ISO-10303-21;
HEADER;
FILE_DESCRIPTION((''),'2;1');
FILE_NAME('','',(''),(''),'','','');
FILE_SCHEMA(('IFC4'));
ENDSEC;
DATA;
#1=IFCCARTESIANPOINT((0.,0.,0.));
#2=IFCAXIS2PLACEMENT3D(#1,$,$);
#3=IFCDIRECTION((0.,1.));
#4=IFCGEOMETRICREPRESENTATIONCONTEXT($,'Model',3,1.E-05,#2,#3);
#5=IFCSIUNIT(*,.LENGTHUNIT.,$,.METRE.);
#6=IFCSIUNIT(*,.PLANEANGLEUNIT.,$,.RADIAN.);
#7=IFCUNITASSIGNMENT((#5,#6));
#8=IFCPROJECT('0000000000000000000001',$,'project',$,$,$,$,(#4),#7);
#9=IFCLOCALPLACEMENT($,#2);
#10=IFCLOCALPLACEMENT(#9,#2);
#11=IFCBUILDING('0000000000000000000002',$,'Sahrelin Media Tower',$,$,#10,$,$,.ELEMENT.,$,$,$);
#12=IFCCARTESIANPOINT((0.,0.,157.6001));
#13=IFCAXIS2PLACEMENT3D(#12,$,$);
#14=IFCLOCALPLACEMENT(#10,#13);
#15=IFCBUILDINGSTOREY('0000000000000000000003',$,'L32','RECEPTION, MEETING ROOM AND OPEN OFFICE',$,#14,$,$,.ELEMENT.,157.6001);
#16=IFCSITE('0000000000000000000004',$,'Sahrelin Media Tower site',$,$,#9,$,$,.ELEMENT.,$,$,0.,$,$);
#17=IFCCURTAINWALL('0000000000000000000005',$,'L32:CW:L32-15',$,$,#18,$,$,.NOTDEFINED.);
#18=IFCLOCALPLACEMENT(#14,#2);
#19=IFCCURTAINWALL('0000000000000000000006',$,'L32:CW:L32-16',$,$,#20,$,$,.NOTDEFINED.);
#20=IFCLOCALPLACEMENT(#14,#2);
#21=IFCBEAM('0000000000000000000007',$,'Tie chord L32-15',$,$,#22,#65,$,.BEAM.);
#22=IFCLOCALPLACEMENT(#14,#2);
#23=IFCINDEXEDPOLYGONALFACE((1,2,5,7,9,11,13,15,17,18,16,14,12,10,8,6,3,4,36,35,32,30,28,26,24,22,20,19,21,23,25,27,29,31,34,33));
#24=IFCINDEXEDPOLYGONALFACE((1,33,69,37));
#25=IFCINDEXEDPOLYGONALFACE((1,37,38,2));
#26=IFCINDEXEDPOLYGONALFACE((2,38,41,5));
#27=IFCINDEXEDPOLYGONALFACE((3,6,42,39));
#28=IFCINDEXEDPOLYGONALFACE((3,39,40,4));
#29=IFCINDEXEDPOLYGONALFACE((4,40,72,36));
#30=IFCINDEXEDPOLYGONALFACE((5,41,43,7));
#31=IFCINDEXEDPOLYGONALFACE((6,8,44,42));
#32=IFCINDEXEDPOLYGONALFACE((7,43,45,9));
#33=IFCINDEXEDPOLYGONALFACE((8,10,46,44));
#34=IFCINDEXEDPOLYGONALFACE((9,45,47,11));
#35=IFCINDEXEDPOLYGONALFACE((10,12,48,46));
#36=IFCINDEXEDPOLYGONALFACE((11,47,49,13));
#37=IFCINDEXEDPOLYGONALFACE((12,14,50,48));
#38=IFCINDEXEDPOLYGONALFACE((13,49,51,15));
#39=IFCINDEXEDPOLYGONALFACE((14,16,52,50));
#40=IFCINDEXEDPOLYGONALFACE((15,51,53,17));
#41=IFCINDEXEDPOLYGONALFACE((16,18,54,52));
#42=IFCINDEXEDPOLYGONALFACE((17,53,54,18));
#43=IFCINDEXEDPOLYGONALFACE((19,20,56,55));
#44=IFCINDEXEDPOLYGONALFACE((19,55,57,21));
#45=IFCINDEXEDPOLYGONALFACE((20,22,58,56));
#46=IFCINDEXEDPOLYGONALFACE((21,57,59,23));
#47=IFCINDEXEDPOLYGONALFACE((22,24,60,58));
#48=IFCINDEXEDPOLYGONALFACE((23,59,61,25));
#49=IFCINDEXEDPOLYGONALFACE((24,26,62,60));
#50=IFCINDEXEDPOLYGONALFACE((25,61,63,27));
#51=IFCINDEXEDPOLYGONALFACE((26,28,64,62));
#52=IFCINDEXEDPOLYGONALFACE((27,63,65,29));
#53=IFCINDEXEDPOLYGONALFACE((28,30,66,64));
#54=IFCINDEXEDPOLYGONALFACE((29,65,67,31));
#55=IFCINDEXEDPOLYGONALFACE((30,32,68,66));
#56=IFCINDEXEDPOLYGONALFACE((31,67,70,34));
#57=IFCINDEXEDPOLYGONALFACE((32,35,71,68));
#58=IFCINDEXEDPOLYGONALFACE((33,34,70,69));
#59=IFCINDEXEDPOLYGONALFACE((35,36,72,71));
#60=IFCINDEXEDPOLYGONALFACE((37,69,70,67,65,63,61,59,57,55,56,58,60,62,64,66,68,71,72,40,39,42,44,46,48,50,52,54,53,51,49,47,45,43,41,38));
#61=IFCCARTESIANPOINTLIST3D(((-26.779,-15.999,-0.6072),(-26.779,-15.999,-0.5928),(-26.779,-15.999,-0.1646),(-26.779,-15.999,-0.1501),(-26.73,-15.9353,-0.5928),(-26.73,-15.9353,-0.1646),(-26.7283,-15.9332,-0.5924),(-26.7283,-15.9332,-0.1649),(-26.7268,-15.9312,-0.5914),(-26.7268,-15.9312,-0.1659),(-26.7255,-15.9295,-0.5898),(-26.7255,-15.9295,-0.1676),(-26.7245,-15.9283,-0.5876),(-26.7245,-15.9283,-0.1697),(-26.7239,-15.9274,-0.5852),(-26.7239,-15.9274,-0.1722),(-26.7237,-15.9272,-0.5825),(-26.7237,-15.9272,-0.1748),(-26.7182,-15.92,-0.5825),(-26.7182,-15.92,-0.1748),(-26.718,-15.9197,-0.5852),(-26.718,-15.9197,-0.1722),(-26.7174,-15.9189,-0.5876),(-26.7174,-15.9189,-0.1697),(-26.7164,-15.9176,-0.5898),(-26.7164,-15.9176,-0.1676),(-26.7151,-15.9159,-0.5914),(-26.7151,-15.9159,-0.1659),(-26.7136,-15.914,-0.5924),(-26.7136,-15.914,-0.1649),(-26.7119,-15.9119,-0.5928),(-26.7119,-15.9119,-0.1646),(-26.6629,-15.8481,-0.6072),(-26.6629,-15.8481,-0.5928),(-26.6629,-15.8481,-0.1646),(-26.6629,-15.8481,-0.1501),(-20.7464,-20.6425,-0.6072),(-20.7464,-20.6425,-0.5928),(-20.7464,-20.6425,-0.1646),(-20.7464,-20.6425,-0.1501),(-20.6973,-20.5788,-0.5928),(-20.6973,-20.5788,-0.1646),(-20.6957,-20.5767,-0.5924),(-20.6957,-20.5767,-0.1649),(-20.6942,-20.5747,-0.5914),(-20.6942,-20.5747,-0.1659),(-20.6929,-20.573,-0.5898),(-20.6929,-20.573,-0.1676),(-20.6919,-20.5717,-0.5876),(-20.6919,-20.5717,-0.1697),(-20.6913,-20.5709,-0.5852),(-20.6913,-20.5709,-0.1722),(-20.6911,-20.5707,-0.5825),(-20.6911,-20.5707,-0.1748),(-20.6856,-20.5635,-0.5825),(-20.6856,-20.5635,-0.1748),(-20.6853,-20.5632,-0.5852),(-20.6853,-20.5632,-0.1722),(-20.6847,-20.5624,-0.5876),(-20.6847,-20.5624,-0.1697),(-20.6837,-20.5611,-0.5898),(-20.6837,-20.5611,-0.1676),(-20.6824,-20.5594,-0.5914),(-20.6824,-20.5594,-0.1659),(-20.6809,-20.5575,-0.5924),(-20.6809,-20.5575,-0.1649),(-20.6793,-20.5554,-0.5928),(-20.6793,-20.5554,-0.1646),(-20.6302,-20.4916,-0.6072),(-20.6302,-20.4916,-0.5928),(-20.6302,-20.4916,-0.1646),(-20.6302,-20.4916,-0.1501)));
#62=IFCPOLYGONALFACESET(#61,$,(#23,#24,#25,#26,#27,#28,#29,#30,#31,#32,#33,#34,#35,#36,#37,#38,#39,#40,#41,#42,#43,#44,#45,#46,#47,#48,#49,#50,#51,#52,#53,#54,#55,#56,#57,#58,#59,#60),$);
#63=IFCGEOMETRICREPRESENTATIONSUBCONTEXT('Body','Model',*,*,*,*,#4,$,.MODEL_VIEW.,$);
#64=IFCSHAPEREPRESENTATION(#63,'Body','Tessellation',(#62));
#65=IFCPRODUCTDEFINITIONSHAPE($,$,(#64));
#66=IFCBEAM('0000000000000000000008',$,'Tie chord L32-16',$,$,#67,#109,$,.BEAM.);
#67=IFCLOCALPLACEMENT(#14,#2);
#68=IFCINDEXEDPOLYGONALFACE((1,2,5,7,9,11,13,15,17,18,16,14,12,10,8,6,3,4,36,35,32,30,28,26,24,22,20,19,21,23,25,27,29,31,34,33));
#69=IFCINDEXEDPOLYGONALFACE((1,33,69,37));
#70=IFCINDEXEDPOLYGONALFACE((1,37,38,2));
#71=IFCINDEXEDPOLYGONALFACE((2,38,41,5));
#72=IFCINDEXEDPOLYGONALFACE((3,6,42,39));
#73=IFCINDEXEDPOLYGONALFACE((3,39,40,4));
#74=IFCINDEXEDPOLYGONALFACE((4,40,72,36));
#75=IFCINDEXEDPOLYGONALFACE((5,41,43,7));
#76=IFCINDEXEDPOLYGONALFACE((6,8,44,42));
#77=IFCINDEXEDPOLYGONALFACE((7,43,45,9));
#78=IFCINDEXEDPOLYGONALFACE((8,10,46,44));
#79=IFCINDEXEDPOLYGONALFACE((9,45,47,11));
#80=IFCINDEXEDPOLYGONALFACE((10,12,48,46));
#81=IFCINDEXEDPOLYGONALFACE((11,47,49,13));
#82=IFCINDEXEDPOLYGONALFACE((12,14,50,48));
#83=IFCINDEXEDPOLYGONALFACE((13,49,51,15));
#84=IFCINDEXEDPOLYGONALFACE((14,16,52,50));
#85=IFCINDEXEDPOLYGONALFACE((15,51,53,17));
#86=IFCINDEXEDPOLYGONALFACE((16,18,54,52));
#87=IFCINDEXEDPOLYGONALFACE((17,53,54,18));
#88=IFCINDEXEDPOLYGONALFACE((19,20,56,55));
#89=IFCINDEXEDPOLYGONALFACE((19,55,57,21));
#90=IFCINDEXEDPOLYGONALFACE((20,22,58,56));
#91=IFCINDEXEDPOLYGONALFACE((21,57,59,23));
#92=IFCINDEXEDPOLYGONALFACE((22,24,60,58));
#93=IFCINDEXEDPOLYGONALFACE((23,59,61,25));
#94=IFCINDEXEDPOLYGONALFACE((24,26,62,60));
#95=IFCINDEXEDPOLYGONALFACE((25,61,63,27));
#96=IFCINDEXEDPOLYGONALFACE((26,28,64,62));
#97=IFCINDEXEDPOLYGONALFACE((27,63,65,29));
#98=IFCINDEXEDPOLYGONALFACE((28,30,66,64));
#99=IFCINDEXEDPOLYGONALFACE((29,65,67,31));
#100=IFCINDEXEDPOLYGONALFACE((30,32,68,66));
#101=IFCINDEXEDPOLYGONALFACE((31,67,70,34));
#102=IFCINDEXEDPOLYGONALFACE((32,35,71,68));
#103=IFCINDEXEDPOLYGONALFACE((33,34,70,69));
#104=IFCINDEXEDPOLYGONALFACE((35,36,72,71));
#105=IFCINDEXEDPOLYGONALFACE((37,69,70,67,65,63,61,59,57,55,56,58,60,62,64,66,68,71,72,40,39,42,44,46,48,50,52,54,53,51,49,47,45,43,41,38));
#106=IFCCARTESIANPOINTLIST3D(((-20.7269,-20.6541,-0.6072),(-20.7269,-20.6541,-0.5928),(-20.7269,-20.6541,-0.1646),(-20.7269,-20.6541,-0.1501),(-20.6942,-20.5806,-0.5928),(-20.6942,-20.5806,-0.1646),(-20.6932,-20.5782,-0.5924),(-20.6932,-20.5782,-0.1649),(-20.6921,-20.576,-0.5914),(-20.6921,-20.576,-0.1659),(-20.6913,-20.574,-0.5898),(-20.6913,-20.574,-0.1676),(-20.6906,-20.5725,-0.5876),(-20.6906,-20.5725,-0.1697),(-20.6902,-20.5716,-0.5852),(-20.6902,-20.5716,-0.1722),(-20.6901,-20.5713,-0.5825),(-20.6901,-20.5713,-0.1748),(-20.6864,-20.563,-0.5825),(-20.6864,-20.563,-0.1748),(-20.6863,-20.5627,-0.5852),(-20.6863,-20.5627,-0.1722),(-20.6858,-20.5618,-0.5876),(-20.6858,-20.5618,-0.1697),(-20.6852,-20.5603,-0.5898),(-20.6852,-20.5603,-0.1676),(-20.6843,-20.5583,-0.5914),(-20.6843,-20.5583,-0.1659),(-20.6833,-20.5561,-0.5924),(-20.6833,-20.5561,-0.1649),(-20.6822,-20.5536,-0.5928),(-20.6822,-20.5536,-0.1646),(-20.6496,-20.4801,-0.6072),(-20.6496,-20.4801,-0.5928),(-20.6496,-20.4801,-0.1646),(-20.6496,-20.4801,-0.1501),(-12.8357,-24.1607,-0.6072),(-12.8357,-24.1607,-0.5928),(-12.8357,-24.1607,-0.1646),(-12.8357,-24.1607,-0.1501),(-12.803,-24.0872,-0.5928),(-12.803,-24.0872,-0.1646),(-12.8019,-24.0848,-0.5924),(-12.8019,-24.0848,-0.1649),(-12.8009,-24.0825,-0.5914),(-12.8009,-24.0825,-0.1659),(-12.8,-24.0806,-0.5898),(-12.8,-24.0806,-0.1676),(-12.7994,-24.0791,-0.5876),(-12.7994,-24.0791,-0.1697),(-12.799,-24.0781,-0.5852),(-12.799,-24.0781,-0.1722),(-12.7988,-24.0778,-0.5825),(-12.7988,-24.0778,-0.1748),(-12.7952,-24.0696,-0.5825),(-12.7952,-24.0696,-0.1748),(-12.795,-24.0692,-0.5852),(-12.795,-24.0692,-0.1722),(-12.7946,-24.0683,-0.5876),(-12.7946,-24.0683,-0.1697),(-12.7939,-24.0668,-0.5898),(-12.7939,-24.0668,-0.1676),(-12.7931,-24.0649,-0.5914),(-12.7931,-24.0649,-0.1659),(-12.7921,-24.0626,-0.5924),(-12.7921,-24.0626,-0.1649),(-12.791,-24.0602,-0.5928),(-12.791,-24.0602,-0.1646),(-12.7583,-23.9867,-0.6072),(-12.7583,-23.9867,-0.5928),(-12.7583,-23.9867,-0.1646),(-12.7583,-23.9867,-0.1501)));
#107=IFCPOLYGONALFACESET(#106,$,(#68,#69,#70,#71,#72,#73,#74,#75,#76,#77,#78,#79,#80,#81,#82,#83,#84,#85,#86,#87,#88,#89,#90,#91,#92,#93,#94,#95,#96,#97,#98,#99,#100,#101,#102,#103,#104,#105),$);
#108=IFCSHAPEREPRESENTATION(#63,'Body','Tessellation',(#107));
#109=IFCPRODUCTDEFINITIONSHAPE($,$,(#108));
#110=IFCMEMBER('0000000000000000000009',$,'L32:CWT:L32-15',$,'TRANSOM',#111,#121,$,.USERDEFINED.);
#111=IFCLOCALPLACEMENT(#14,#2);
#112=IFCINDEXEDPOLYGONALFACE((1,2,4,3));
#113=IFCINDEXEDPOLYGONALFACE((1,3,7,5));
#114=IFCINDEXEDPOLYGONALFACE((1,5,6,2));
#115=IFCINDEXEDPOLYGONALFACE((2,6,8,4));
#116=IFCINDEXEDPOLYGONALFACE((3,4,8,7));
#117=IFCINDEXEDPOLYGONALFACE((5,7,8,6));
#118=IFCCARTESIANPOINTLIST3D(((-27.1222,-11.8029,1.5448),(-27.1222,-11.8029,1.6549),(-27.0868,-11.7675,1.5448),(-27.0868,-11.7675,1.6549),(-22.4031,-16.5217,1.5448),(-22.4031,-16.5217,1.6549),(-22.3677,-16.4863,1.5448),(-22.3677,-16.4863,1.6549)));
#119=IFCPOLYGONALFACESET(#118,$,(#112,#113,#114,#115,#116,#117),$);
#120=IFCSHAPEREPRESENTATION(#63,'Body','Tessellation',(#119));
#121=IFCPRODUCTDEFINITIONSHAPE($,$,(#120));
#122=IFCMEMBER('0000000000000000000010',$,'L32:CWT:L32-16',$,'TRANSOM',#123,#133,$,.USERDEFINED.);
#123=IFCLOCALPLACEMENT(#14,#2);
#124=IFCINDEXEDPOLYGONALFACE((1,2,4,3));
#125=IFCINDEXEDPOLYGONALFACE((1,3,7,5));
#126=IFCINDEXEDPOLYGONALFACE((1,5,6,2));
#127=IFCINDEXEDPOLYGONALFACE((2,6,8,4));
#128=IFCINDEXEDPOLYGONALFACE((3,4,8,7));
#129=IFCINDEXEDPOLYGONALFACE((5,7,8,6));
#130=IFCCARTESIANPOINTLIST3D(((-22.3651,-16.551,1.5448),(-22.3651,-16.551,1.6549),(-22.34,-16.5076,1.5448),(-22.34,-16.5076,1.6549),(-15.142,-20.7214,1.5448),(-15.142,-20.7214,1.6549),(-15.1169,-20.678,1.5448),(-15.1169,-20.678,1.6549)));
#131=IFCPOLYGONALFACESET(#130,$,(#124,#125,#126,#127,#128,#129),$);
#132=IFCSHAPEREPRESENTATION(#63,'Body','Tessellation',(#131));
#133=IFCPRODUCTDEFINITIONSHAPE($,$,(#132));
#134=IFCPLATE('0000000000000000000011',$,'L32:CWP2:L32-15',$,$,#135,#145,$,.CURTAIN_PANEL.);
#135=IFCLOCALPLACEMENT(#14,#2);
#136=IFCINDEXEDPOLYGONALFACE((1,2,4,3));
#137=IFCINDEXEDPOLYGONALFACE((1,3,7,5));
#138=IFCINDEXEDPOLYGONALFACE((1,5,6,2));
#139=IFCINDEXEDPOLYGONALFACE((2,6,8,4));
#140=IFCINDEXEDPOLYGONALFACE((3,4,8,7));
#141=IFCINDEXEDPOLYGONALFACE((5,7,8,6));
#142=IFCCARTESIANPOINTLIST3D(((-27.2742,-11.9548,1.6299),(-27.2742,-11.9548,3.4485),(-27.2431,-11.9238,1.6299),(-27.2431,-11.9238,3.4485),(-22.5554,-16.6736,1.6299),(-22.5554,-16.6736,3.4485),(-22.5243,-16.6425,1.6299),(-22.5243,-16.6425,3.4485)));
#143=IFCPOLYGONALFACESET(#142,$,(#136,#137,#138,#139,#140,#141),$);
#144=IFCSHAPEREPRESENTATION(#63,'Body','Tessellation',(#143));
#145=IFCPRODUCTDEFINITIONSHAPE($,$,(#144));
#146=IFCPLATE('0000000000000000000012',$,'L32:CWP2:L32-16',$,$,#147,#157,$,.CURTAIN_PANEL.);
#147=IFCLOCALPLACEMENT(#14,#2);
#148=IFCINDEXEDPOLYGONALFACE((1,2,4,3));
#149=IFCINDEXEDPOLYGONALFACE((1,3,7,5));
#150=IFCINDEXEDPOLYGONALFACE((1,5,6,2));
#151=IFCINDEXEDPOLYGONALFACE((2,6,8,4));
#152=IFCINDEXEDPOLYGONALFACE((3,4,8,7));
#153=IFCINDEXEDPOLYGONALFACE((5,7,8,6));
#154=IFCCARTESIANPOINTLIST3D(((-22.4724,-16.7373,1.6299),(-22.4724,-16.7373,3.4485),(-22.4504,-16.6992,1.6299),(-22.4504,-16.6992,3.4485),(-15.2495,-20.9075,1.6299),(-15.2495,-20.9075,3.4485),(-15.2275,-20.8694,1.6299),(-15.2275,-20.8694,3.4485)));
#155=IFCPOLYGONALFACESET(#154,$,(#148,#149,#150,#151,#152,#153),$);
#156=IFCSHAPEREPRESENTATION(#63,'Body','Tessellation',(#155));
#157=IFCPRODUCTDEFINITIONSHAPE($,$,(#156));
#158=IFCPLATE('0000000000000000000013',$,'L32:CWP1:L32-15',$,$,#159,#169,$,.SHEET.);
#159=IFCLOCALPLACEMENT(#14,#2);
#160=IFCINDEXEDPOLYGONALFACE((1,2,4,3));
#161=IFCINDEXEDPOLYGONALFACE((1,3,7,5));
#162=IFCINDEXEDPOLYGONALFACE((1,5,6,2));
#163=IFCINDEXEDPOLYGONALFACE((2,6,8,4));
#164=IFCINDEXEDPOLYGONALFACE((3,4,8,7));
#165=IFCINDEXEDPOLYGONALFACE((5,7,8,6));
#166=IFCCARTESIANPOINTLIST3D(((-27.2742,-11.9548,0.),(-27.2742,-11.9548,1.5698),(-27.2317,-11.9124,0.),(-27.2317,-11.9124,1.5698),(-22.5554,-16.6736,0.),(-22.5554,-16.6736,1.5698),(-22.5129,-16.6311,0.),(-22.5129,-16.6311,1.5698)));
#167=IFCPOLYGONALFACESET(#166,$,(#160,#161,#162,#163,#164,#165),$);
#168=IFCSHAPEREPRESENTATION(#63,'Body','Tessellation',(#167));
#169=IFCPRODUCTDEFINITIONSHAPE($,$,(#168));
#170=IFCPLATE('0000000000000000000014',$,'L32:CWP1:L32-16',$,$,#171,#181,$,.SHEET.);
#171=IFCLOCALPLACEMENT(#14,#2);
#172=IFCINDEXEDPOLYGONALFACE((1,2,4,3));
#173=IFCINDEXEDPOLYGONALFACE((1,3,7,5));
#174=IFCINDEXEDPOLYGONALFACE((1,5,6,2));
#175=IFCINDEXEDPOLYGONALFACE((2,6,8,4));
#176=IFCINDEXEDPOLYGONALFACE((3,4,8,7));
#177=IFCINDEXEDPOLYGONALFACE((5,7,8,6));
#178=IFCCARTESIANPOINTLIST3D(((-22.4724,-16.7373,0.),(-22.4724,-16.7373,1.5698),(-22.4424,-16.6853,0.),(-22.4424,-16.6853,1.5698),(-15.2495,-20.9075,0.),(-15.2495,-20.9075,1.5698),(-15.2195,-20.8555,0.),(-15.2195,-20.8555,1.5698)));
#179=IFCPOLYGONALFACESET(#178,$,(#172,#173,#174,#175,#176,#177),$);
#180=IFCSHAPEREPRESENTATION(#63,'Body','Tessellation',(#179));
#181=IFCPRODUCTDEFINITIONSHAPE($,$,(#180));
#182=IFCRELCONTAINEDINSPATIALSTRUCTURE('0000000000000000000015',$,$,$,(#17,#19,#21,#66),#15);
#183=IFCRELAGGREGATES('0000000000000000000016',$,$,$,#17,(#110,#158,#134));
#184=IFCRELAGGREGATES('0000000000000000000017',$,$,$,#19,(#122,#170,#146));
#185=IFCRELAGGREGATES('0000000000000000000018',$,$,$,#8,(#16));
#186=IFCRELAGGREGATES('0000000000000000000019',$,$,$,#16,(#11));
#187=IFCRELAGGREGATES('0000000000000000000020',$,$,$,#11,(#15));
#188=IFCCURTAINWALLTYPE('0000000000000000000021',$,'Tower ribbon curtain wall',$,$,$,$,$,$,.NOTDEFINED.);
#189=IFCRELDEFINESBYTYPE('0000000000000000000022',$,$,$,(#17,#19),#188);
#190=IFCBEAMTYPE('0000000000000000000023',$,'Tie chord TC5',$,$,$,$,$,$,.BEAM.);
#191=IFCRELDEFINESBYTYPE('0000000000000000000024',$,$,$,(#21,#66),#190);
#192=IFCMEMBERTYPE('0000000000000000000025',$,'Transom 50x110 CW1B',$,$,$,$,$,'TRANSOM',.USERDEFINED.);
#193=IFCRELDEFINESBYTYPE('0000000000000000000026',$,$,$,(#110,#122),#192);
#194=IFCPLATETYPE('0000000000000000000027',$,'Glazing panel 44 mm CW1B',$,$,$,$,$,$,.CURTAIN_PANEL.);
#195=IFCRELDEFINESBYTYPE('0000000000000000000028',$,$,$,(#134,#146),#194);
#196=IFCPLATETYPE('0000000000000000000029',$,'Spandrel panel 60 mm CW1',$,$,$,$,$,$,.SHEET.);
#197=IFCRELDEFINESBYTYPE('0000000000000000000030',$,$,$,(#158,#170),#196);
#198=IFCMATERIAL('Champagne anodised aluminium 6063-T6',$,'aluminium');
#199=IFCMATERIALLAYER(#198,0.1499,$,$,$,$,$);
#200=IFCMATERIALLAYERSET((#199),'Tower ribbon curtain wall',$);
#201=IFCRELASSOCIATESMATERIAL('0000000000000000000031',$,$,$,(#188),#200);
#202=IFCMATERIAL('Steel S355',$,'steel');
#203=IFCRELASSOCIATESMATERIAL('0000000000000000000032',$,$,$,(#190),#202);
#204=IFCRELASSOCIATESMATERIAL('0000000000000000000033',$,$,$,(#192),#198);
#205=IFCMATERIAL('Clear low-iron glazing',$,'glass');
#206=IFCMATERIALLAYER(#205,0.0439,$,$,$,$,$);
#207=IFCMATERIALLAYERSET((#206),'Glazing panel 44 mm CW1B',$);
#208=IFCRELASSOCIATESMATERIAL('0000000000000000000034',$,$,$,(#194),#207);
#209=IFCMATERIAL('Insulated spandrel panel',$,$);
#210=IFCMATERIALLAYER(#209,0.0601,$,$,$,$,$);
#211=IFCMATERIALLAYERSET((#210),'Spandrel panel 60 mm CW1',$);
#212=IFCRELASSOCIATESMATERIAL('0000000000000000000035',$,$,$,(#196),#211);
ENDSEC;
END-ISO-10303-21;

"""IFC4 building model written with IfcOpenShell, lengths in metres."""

from ifc_helpers import new_model, si_unit, direction, frame, origin, origin_2d, place, context, subcontext, project, spatial, polyline, rectangle, i_section, outline, extrude, material, layer, layer_set, material_profile, profile_set, type_object, element, aggregate, save


model = new_model("IFC4")

# Units and contexts
model_context = context("Model", 3, precision=1e-05, world=origin(), true_north=direction((0.0, 1.0)))
body_context = subcontext(model_context, "Body", "Model", "MODEL_VIEW")
ifc_project = project(units=[si_unit("LENGTHUNIT", "METRE"), si_unit("PLANEANGLEUNIT", "RADIAN")], contexts=[model_context])

# Site, building, storey
site_placement = place(None, origin())
site = spatial("IfcSite", under=ifc_project, at=site_placement, Name="Sahrelin Media Tower site", CompositionType="ELEMENT", RefElevation=0.0)
building_placement = place(site_placement, origin())
building = spatial("IfcBuilding", under=site, at=building_placement, Name="Sahrelin Media Tower", CompositionType="ELEMENT")
storey_placement = place(building_placement, frame((0.0, 0.0, 157.6001)))
storey = spatial("IfcBuildingStorey", under=building, at=storey_placement, Name="L32", Description="RECEPTION, MEETING ROOM AND OPEN OFFICE", CompositionType="ELEMENT", Elevation=157.6001)

# Shared definitions
ifc_material_1 = material(Name="Steel S355", Category="steel")

# Curtain walls
ifc_material_2 = material(Name="Champagne anodised aluminium 6063-T6", Category="aluminium")
ifc_layer_1 = layer(ifc_material_2, 0.1499)
ifc_layer_set_1 = layer_set([ifc_layer_1], Name="Tower ribbon curtain wall")
curtain_wall_type = type_object("IfcCurtainWallType", Name="Tower ribbon curtain wall", PredefinedType="NOTDEFINED", material=ifc_layer_set_1)
curtain_wall_1_placement = place(storey_placement, frame((-24.9006, -14.3003, 0.0), z_axis=(0.0, 0.0, 1.0), x_axis=(1.0, 0.0, 0.0)))
curtain_wall_1 = element("IfcCurtainWall", 1, at=curtain_wall_1_placement, inside=storey, type_object=curtain_wall_type, Name="L32:CW:L32-15", PredefinedType="NOTDEFINED")
curtain_wall_2_placement = place(storey_placement, frame((-18.8511, -18.8049, 0.0), z_axis=(0.0, 0.0, 1.0), x_axis=(1.0, 0.0, 0.0)))
curtain_wall_2 = element("IfcCurtainWall", 2, at=curtain_wall_2_placement, inside=storey, type_object=curtain_wall_type, Name="L32:CW:L32-16", PredefinedType="NOTDEFINED")

# Beams
ifc_material_profile_1 = material_profile(ifc_material_1, i_section(OverallWidth=0.1904, OverallDepth=0.457, WebThickness=0.009, FlangeThickness=0.0144, FilletRadius=0.0103, at=origin_2d()), Name="UB 457x191x74")
ifc_profile_set_1 = profile_set([ifc_material_profile_1], Name="Steel S355")
beam_type_1 = type_object("IfcBeamType", Name="Tie chord TC5", PredefinedType="BEAM", material=ifc_profile_set_1)
beam_1_placement = place(storey_placement, frame((-26.7209, -15.9236, -0.3787), z_axis=(0.792433, -0.609959, 0.0), x_axis=(0.609959, 0.792433, 0.0)))
element("IfcBeam", 3, at=beam_1_placement, inside=storey, type_object=beam_type_1, Name="Tie chord L32-15", PredefinedType="BEAM", context=body_context, shape_type="SweptSolid", body=[
    extrude(i_section(OverallWidth=0.1904, OverallDepth=0.457, WebThickness=0.009, FlangeThickness=0.0144, FilletRadius=0.0103, at=origin_2d()), origin(), (0.0, 0.0, 1.0), 7.6128),
])
beam_2_placement = place(storey_placement, frame((-20.6882, -20.5671, -0.3787), z_axis=(0.913841, -0.406073, 0.0), x_axis=(0.406073, 0.913841, 0.0)))
element("IfcBeam", 4, at=beam_2_placement, inside=storey, type_object=beam_type_1, Name="Tie chord L32-16", PredefinedType="BEAM", context=body_context, shape_type="SweptSolid", body=[
    extrude(i_section(OverallWidth=0.1904, OverallDepth=0.457, WebThickness=0.009, FlangeThickness=0.0144, FilletRadius=0.0103, at=origin_2d()), origin(), (0.0, 0.0, 1.0), 8.6353),
])

# Members
ifc_material_profile_2 = material_profile(ifc_material_2, rectangle(XDim=0.05, YDim=0.1101, at=origin_2d()), Name="Transom 50x110")
ifc_profile_set_2 = profile_set([ifc_material_profile_2], Name="Champagne anodised aluminium 6063-T6")
member_type_1 = type_object("IfcMemberType", Name="Transom 50x110 CW1B", ElementType="TRANSOM", PredefinedType="USERDEFINED", material=ifc_profile_set_2)
member_1_placement = place(storey_placement, frame((-27.1045, -11.7852, 1.5999), z_axis=(0.707125, -0.707088, 0.0), x_axis=(0.707088, 0.707125, 0.0)))
member_1 = element("IfcMember", 5, at=member_1_placement, type_object=member_type_1, Name="L32:CWT:L32-15", ObjectType="TRANSOM", PredefinedType="USERDEFINED", context=body_context, shape_type="SweptSolid", body=[
    extrude(rectangle(XDim=0.05, YDim=0.1101, at=origin_2d()), origin(), (0.0, 0.0, 1.0), 6.6736),
])
member_2_placement = place(storey_placement, frame((-22.3525, -16.5293, 1.5999), z_axis=(0.866019, -0.500011, 0.0), x_axis=(0.500011, 0.866019, 0.0)))
member_2 = element("IfcMember", 6, at=member_2_placement, type_object=member_type_1, Name="L32:CWT:L32-16", ObjectType="TRANSOM", PredefinedType="USERDEFINED", context=body_context, shape_type="SweptSolid", body=[
    extrude(rectangle(XDim=0.05, YDim=0.1101, at=origin_2d()), origin(), (0.0, 0.0, 1.0), 8.3406),
])

# Plates
ifc_material_3 = material(Name="Clear low-iron glazing", Category="glass")
ifc_layer_2 = layer(ifc_material_3, 0.0439)
ifc_layer_set_2 = layer_set([ifc_layer_2], Name="Glazing panel 44 mm CW1B")
plate_type_1 = type_object("IfcPlateType", Name="Glazing panel 44 mm CW1B", PredefinedType="CURTAIN_PANEL", material=ifc_layer_set_2)
plate_1_placement = place(storey_placement, frame((-27.2742, -11.9548, 1.6299), z_axis=(-0.707107, -0.707107, 0.0), x_axis=(0.707107, -0.707107, 0.0)))
plate_1 = element("IfcPlate", 7, at=plate_1_placement, type_object=plate_type_1, Name="L32:CWP2:L32-15", PredefinedType="CURTAIN_PANEL", context=body_context, shape_type="SweptSolid", body=[
    extrude(outline(polyline([(0.0, 0.0), (6.6733, 0.0), (6.6733, 1.8186), (0.0, 1.8186), (0.0, 0.0)])), origin(), (0.0, 0.0, -1.0), 0.0439),
])
plate_2_placement = place(storey_placement, frame((-22.4724, -16.7373, 1.6299), z_axis=(-0.500002, -0.866024, 0.0), x_axis=(0.866024, -0.500002, 0.0)))
plate_2 = element("IfcPlate", 8, at=plate_2_placement, type_object=plate_type_1, Name="L32:CWP2:L32-16", PredefinedType="CURTAIN_PANEL", context=body_context, shape_type="SweptSolid", body=[
    extrude(outline(polyline([(0.0, 0.0), (8.3403, 0.0), (8.3403, 1.8186), (0.0, 1.8186), (0.0, 0.0)])), origin(), (0.0, 0.0, -1.0), 0.0439),
])
ifc_material_4 = material(Name="Insulated spandrel panel")
ifc_layer_3 = layer(ifc_material_4, 0.0601)
ifc_layer_set_3 = layer_set([ifc_layer_3], Name="Spandrel panel 60 mm CW1")
plate_type_2 = type_object("IfcPlateType", Name="Spandrel panel 60 mm CW1", PredefinedType="SHEET", material=ifc_layer_set_3)
plate_3_placement = place(storey_placement, frame((-27.2742, -11.9548, 0.0), z_axis=(-0.707107, -0.707107, 0.0), x_axis=(0.707107, -0.707107, 0.0)))
plate_3 = element("IfcPlate", 9, at=plate_3_placement, type_object=plate_type_2, Name="L32:CWP1:L32-15", PredefinedType="SHEET", context=body_context, shape_type="SweptSolid", body=[
    extrude(outline(polyline([(0.0, 0.0), (6.6733, 0.0), (6.6733, 1.5698), (0.0, 1.5698), (0.0, 0.0)])), origin(), (0.0, 0.0, -1.0), 0.0601),
])
aggregate(curtain_wall_1, [member_1, plate_3, plate_1])
plate_4_placement = place(storey_placement, frame((-22.4724, -16.7373, 0.0), z_axis=(-0.500002, -0.866024, 0.0), x_axis=(0.866024, -0.500002, 0.0)))
plate_4 = element("IfcPlate", 10, at=plate_4_placement, type_object=plate_type_2, Name="L32:CWP1:L32-16", PredefinedType="SHEET", context=body_context, shape_type="SweptSolid", body=[
    extrude(outline(polyline([(0.0, 0.0), (8.3403, 0.0), (8.3403, 1.5698), (0.0, 1.5698), (0.0, 0.0)])), origin(), (0.0, 0.0, -1.0), 0.0601),
])
aggregate(curtain_wall_2, [member_2, plate_4, plate_2])

save(model, "model.ifc")
